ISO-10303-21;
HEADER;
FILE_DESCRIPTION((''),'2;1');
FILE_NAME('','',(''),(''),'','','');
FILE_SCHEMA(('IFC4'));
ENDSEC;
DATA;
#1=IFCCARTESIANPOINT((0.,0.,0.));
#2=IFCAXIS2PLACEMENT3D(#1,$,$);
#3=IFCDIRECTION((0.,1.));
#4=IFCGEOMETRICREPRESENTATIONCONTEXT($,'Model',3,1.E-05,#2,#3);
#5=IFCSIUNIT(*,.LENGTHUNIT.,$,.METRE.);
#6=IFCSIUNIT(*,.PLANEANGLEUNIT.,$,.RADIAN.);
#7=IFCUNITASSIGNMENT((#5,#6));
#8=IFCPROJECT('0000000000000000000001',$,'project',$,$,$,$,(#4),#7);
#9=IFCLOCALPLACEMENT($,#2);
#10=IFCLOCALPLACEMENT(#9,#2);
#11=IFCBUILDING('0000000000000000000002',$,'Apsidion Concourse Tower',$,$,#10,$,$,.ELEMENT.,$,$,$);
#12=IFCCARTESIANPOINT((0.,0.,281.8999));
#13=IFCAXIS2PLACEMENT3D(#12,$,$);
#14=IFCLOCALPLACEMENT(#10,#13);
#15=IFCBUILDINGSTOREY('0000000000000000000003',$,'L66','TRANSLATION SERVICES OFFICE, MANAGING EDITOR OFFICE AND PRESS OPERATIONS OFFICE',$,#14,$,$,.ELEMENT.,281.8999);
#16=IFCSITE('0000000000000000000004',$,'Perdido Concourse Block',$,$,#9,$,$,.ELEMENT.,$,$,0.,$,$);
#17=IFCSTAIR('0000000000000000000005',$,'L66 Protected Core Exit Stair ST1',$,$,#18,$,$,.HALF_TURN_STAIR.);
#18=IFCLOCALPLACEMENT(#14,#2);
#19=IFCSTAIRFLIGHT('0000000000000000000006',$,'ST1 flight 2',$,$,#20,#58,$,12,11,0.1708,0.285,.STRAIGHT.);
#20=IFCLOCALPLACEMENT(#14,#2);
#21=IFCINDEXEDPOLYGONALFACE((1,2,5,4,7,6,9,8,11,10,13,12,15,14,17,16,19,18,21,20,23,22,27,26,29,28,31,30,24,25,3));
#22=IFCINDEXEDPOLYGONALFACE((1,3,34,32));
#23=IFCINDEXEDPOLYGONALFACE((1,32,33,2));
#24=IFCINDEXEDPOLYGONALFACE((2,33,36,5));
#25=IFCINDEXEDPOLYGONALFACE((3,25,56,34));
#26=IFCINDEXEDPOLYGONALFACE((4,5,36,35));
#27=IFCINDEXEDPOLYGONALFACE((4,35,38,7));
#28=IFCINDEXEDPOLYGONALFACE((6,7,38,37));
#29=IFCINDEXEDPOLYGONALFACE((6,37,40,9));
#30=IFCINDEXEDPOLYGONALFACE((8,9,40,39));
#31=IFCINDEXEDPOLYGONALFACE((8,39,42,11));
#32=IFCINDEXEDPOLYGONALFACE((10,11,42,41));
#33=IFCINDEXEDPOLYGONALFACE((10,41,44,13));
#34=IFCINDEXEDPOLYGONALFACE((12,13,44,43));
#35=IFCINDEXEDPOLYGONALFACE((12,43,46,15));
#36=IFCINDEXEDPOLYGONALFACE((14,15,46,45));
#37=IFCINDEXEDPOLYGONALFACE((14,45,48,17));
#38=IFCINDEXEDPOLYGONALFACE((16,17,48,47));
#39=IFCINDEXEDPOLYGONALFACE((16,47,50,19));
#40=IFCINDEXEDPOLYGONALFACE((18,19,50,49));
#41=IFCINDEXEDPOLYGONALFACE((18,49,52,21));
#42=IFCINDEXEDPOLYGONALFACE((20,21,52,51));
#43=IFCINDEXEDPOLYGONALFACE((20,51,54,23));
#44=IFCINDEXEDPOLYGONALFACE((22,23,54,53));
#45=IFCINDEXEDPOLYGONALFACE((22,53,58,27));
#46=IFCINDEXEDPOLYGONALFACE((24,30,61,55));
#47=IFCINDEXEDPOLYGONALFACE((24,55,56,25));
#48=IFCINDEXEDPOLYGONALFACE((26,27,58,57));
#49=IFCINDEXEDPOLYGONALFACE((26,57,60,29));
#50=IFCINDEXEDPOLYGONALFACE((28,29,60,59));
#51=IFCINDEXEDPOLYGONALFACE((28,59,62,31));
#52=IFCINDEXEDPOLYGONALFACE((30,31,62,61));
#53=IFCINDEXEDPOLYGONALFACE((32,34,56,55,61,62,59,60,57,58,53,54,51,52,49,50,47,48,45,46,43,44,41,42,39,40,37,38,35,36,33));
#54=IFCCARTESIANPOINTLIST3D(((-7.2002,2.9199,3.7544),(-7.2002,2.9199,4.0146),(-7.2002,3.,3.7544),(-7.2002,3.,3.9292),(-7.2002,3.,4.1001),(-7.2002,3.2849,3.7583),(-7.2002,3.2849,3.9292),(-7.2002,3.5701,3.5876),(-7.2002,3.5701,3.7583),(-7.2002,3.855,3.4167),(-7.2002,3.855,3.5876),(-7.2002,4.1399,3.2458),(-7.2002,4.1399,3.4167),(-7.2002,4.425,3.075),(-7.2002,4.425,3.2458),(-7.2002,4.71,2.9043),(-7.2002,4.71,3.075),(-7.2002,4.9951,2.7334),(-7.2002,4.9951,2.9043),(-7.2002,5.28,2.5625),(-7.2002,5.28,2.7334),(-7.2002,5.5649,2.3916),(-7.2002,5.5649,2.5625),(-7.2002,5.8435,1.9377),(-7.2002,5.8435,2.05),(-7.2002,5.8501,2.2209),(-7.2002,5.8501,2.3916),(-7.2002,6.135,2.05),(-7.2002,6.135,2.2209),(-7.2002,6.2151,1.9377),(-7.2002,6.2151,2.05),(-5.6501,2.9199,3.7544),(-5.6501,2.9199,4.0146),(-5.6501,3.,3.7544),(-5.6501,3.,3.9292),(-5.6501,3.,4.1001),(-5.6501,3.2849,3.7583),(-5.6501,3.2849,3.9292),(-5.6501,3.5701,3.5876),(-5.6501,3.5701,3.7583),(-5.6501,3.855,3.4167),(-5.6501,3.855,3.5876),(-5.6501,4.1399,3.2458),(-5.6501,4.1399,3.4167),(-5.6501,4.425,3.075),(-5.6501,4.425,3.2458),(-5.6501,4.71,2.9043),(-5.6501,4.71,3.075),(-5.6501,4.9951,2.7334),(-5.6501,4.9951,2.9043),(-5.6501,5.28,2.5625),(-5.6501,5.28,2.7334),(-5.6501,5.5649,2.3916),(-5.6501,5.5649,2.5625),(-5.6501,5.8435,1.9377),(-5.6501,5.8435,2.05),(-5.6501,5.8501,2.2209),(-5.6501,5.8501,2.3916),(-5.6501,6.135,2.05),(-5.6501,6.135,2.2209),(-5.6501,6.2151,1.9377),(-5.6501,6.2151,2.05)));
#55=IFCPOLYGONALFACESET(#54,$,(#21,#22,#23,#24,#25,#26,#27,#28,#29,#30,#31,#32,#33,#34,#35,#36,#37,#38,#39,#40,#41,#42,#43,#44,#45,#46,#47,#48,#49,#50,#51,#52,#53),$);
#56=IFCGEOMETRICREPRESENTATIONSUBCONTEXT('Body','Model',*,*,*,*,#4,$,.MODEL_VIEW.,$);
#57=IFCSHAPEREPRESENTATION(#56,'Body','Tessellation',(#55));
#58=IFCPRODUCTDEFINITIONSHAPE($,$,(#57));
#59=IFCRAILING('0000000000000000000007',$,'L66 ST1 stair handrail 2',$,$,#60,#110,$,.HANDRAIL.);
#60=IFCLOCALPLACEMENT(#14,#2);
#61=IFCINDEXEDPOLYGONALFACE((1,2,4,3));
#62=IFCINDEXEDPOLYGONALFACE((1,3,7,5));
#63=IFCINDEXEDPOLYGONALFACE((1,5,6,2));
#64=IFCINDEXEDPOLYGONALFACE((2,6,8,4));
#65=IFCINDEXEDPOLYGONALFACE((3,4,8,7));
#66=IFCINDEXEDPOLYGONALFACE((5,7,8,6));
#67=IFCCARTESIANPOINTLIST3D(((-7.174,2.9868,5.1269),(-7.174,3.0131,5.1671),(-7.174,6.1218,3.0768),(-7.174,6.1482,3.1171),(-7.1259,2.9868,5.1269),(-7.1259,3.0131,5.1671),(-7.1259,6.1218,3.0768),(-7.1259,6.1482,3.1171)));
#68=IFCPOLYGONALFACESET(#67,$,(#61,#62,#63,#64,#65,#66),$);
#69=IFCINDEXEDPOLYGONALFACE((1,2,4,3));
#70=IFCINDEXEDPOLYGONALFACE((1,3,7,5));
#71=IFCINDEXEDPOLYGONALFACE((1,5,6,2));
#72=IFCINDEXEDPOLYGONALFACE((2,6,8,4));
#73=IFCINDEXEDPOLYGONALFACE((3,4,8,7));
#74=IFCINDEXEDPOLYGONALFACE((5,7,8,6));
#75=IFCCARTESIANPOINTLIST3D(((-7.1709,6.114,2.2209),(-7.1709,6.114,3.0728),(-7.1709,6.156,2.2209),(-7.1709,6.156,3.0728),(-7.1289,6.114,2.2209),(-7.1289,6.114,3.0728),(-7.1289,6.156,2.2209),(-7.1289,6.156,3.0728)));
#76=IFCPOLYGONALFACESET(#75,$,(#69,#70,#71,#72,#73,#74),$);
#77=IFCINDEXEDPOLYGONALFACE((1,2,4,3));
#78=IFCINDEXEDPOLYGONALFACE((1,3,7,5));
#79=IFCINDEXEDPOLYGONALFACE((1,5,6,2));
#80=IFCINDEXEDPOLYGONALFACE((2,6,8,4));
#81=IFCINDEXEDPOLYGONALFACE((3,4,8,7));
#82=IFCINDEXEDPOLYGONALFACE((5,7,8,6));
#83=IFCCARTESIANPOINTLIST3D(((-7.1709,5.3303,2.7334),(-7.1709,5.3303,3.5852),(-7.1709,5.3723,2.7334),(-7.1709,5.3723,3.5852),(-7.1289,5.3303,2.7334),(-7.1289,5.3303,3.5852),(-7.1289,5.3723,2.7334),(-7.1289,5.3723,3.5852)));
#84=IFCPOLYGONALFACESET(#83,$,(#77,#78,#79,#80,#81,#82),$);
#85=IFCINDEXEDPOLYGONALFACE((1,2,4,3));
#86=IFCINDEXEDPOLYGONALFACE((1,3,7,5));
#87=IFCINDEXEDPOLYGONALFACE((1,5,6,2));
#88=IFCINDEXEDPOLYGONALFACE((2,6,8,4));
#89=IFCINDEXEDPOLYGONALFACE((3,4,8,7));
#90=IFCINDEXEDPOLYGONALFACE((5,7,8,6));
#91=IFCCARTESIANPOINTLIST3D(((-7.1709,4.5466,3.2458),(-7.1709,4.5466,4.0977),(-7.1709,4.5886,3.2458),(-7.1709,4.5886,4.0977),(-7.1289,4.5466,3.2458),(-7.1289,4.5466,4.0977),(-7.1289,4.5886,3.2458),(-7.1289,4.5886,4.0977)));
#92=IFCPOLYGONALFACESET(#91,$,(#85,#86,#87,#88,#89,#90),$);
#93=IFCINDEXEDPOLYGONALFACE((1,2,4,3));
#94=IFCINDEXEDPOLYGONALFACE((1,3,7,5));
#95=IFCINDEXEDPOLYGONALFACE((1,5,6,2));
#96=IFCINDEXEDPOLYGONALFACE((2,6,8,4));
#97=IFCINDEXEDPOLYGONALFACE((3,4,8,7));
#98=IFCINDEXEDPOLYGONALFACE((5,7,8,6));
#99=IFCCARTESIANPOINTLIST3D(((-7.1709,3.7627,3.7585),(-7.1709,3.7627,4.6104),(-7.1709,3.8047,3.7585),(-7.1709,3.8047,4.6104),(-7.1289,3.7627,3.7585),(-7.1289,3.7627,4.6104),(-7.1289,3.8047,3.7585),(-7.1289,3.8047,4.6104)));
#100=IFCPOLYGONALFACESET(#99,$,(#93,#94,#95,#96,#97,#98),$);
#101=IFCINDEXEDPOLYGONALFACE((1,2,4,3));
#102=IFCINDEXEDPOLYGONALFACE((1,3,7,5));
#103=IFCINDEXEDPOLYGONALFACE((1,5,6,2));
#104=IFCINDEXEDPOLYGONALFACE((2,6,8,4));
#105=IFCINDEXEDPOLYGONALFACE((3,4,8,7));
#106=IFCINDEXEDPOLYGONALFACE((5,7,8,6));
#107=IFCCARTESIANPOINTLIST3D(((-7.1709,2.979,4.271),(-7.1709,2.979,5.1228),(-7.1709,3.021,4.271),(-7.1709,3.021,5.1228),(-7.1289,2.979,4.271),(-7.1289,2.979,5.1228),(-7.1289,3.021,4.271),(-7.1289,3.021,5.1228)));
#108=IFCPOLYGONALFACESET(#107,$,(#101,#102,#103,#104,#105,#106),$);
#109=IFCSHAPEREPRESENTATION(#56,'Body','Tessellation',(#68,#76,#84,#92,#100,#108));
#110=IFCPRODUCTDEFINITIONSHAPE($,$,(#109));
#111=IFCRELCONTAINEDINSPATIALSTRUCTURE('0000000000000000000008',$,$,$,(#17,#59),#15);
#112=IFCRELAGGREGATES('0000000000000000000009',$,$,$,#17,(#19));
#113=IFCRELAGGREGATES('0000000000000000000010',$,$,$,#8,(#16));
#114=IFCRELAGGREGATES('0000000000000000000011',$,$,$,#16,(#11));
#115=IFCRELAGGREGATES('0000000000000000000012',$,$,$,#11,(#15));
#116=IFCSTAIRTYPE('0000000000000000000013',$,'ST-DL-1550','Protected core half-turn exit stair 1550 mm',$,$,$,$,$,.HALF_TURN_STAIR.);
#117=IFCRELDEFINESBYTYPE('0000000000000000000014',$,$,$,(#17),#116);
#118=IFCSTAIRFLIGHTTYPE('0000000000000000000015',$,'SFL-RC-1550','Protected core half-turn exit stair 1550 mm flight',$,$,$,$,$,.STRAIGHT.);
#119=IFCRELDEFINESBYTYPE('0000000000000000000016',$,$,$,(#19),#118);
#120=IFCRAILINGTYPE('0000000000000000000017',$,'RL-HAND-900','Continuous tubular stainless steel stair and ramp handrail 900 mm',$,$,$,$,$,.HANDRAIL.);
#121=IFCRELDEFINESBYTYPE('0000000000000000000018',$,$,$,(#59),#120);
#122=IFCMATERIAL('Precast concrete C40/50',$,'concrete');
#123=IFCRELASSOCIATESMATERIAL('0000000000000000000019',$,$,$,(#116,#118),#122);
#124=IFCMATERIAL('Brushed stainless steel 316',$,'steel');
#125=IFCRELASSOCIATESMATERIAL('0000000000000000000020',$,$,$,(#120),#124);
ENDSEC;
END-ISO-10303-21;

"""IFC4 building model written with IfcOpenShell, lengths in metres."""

from ifc_helpers import new_model, si_unit, direction, frame, origin, origin_2d, place, context, subcontext, project, spatial, polyline, rectangle, outline, extrude, material, type_object, element, aggregate, save


model = new_model("IFC4")

# Units and contexts
model_context = context("Model", 3, precision=1e-05, world=origin(), true_north=direction((0.0, 1.0)))
body_context = subcontext(model_context, "Body", "Model", "MODEL_VIEW")
ifc_project = project(units=[si_unit("LENGTHUNIT", "METRE"), si_unit("PLANEANGLEUNIT", "RADIAN")], contexts=[model_context])

# Site, building, storey
site_placement = place(None, origin())
site = spatial("IfcSite", under=ifc_project, at=site_placement, Name="Perdido Concourse Block", CompositionType="ELEMENT", RefElevation=0.0)
building_placement = place(site_placement, origin())
building = spatial("IfcBuilding", under=site, at=building_placement, Name="Apsidion Concourse Tower", CompositionType="ELEMENT")
storey_placement = place(building_placement, frame((0.0, 0.0, 281.8999)))
storey = spatial("IfcBuildingStorey", under=building, at=storey_placement, Name="L66", Description="TRANSLATION SERVICES OFFICE, MANAGING EDITOR OFFICE AND PRESS OPERATIONS OFFICE", CompositionType="ELEMENT", Elevation=281.8999)

# Shared definitions
ifc_material_1 = material(Name="Brushed stainless steel 316", Category="steel")

# Stair, stair flight
ifc_material_2 = material(Name="Precast concrete C40/50", Category="concrete")
stair_type = type_object("IfcStairType", Name="ST-DL-1550", Description="Protected core half-turn exit stair 1550 mm", PredefinedType="HALF_TURN_STAIR", material=ifc_material_2)
stair_placement = place(storey_placement, origin())
stair = element("IfcStair", 1, at=stair_placement, inside=storey, type_object=stair_type, Name="L66 Protected Core Exit Stair ST1", PredefinedType="HALF_TURN_STAIR")
stair_flight_type = type_object("IfcStairFlightType", Name="SFL-RC-1550", Description="Protected core half-turn exit stair 1550 mm flight", PredefinedType="STRAIGHT", material=ifc_material_2)
stair_flight_placement = place(storey_placement, frame((-6.425, 6.135, 2.05), z_axis=(0.0, 0.0, 1.0), x_axis=(0.0, -1.0, 0.0)))
stair_flight = element("IfcStairFlight", 2, at=stair_flight_placement, type_object=stair_flight_type, Name="ST1 flight 2", NumberOfRisers=12, NumberOfTreads=11, PredefinedType="STRAIGHT", RiserHeight=0.1708, TreadLength=0.285, context=body_context, shape_type="SweptSolid", body=[
    extrude(outline(polyline([(-0.0801, -0.1123), (-0.0801, 0.0), (0.0, 0.0), (0.0, 0.1709), (0.2849, 0.1709), (0.2849, 0.3416), (0.5701, 0.3416), (0.5701, 0.5125), (0.855, 0.5125), (0.855, 0.6833), (1.1399, 0.6833), (1.1399, 0.8542), (1.425, 0.8542), (1.425, 1.0249), (1.71, 1.0249), (1.71, 1.1958), (1.9951, 1.1958), (1.9951, 1.3667), (2.28, 1.3667), (2.28, 1.5376), (2.5649, 1.5376), (2.5649, 1.7083), (2.8501, 1.7083), (2.8501, 1.8792), (3.135, 1.8792), (3.135, 2.05), (3.2151, 1.9646), (3.2151, 1.7043), (3.135, 1.7043), (0.2915, 0.0), (0.2915, -0.1123), (-0.0801, -0.1123)])), frame((0.0, 0.7749, 0.0), z_axis=(0.0, -1.0, 0.0), x_axis=(1.0, 0.0, 0.0)), (0.0, 0.0, 1.0), 1.55),
])
aggregate(stair, [stair_flight])

# Railing
railing_type = type_object("IfcRailingType", Name="RL-HAND-900", Description="Continuous tubular stainless steel stair and ramp handrail 900 mm", PredefinedType="HANDRAIL", material=ifc_material_1)
railing_placement = place(storey_placement, frame((-7.1499, 6.135, 2.2209)))
element("IfcRailing", 3, at=railing_placement, inside=storey, type_object=railing_type, Name="L66 ST1 stair handrail 2", PredefinedType="HANDRAIL", context=body_context, shape_type="SweptSolid", body=[
    extrude(rectangle(XDim=0.0481, YDim=0.0481, at=origin_2d()), frame((0.0, 0.0, 0.876), z_axis=(0.0, -0.836941, 0.547293), x_axis=(1.0, 0.0, 0.0)), (0.0, 0.0, 1.0), 3.7458),
    extrude(rectangle(XDim=0.042, YDim=0.042, at=origin_2d()), origin(), (0.0, 0.0, 1.0), 0.8518),
    extrude(rectangle(XDim=0.042, YDim=0.042, at=origin_2d()), frame((0.0, -0.7837, 0.5125)), (0.0, 0.0, 1.0), 0.8518),
    extrude(rectangle(XDim=0.042, YDim=0.042, at=origin_2d()), frame((0.0, -1.5674, 1.0249)), (0.0, 0.0, 1.0), 0.8518),
    extrude(rectangle(XDim=0.042, YDim=0.042, at=origin_2d()), frame((0.0, -2.3513, 1.5376)), (0.0, 0.0, 1.0), 0.8518),
    extrude(rectangle(XDim=0.042, YDim=0.042, at=origin_2d()), frame((0.0, -3.135, 2.05)), (0.0, 0.0, 1.0), 0.8518),
])

save(model, "model.ifc")
